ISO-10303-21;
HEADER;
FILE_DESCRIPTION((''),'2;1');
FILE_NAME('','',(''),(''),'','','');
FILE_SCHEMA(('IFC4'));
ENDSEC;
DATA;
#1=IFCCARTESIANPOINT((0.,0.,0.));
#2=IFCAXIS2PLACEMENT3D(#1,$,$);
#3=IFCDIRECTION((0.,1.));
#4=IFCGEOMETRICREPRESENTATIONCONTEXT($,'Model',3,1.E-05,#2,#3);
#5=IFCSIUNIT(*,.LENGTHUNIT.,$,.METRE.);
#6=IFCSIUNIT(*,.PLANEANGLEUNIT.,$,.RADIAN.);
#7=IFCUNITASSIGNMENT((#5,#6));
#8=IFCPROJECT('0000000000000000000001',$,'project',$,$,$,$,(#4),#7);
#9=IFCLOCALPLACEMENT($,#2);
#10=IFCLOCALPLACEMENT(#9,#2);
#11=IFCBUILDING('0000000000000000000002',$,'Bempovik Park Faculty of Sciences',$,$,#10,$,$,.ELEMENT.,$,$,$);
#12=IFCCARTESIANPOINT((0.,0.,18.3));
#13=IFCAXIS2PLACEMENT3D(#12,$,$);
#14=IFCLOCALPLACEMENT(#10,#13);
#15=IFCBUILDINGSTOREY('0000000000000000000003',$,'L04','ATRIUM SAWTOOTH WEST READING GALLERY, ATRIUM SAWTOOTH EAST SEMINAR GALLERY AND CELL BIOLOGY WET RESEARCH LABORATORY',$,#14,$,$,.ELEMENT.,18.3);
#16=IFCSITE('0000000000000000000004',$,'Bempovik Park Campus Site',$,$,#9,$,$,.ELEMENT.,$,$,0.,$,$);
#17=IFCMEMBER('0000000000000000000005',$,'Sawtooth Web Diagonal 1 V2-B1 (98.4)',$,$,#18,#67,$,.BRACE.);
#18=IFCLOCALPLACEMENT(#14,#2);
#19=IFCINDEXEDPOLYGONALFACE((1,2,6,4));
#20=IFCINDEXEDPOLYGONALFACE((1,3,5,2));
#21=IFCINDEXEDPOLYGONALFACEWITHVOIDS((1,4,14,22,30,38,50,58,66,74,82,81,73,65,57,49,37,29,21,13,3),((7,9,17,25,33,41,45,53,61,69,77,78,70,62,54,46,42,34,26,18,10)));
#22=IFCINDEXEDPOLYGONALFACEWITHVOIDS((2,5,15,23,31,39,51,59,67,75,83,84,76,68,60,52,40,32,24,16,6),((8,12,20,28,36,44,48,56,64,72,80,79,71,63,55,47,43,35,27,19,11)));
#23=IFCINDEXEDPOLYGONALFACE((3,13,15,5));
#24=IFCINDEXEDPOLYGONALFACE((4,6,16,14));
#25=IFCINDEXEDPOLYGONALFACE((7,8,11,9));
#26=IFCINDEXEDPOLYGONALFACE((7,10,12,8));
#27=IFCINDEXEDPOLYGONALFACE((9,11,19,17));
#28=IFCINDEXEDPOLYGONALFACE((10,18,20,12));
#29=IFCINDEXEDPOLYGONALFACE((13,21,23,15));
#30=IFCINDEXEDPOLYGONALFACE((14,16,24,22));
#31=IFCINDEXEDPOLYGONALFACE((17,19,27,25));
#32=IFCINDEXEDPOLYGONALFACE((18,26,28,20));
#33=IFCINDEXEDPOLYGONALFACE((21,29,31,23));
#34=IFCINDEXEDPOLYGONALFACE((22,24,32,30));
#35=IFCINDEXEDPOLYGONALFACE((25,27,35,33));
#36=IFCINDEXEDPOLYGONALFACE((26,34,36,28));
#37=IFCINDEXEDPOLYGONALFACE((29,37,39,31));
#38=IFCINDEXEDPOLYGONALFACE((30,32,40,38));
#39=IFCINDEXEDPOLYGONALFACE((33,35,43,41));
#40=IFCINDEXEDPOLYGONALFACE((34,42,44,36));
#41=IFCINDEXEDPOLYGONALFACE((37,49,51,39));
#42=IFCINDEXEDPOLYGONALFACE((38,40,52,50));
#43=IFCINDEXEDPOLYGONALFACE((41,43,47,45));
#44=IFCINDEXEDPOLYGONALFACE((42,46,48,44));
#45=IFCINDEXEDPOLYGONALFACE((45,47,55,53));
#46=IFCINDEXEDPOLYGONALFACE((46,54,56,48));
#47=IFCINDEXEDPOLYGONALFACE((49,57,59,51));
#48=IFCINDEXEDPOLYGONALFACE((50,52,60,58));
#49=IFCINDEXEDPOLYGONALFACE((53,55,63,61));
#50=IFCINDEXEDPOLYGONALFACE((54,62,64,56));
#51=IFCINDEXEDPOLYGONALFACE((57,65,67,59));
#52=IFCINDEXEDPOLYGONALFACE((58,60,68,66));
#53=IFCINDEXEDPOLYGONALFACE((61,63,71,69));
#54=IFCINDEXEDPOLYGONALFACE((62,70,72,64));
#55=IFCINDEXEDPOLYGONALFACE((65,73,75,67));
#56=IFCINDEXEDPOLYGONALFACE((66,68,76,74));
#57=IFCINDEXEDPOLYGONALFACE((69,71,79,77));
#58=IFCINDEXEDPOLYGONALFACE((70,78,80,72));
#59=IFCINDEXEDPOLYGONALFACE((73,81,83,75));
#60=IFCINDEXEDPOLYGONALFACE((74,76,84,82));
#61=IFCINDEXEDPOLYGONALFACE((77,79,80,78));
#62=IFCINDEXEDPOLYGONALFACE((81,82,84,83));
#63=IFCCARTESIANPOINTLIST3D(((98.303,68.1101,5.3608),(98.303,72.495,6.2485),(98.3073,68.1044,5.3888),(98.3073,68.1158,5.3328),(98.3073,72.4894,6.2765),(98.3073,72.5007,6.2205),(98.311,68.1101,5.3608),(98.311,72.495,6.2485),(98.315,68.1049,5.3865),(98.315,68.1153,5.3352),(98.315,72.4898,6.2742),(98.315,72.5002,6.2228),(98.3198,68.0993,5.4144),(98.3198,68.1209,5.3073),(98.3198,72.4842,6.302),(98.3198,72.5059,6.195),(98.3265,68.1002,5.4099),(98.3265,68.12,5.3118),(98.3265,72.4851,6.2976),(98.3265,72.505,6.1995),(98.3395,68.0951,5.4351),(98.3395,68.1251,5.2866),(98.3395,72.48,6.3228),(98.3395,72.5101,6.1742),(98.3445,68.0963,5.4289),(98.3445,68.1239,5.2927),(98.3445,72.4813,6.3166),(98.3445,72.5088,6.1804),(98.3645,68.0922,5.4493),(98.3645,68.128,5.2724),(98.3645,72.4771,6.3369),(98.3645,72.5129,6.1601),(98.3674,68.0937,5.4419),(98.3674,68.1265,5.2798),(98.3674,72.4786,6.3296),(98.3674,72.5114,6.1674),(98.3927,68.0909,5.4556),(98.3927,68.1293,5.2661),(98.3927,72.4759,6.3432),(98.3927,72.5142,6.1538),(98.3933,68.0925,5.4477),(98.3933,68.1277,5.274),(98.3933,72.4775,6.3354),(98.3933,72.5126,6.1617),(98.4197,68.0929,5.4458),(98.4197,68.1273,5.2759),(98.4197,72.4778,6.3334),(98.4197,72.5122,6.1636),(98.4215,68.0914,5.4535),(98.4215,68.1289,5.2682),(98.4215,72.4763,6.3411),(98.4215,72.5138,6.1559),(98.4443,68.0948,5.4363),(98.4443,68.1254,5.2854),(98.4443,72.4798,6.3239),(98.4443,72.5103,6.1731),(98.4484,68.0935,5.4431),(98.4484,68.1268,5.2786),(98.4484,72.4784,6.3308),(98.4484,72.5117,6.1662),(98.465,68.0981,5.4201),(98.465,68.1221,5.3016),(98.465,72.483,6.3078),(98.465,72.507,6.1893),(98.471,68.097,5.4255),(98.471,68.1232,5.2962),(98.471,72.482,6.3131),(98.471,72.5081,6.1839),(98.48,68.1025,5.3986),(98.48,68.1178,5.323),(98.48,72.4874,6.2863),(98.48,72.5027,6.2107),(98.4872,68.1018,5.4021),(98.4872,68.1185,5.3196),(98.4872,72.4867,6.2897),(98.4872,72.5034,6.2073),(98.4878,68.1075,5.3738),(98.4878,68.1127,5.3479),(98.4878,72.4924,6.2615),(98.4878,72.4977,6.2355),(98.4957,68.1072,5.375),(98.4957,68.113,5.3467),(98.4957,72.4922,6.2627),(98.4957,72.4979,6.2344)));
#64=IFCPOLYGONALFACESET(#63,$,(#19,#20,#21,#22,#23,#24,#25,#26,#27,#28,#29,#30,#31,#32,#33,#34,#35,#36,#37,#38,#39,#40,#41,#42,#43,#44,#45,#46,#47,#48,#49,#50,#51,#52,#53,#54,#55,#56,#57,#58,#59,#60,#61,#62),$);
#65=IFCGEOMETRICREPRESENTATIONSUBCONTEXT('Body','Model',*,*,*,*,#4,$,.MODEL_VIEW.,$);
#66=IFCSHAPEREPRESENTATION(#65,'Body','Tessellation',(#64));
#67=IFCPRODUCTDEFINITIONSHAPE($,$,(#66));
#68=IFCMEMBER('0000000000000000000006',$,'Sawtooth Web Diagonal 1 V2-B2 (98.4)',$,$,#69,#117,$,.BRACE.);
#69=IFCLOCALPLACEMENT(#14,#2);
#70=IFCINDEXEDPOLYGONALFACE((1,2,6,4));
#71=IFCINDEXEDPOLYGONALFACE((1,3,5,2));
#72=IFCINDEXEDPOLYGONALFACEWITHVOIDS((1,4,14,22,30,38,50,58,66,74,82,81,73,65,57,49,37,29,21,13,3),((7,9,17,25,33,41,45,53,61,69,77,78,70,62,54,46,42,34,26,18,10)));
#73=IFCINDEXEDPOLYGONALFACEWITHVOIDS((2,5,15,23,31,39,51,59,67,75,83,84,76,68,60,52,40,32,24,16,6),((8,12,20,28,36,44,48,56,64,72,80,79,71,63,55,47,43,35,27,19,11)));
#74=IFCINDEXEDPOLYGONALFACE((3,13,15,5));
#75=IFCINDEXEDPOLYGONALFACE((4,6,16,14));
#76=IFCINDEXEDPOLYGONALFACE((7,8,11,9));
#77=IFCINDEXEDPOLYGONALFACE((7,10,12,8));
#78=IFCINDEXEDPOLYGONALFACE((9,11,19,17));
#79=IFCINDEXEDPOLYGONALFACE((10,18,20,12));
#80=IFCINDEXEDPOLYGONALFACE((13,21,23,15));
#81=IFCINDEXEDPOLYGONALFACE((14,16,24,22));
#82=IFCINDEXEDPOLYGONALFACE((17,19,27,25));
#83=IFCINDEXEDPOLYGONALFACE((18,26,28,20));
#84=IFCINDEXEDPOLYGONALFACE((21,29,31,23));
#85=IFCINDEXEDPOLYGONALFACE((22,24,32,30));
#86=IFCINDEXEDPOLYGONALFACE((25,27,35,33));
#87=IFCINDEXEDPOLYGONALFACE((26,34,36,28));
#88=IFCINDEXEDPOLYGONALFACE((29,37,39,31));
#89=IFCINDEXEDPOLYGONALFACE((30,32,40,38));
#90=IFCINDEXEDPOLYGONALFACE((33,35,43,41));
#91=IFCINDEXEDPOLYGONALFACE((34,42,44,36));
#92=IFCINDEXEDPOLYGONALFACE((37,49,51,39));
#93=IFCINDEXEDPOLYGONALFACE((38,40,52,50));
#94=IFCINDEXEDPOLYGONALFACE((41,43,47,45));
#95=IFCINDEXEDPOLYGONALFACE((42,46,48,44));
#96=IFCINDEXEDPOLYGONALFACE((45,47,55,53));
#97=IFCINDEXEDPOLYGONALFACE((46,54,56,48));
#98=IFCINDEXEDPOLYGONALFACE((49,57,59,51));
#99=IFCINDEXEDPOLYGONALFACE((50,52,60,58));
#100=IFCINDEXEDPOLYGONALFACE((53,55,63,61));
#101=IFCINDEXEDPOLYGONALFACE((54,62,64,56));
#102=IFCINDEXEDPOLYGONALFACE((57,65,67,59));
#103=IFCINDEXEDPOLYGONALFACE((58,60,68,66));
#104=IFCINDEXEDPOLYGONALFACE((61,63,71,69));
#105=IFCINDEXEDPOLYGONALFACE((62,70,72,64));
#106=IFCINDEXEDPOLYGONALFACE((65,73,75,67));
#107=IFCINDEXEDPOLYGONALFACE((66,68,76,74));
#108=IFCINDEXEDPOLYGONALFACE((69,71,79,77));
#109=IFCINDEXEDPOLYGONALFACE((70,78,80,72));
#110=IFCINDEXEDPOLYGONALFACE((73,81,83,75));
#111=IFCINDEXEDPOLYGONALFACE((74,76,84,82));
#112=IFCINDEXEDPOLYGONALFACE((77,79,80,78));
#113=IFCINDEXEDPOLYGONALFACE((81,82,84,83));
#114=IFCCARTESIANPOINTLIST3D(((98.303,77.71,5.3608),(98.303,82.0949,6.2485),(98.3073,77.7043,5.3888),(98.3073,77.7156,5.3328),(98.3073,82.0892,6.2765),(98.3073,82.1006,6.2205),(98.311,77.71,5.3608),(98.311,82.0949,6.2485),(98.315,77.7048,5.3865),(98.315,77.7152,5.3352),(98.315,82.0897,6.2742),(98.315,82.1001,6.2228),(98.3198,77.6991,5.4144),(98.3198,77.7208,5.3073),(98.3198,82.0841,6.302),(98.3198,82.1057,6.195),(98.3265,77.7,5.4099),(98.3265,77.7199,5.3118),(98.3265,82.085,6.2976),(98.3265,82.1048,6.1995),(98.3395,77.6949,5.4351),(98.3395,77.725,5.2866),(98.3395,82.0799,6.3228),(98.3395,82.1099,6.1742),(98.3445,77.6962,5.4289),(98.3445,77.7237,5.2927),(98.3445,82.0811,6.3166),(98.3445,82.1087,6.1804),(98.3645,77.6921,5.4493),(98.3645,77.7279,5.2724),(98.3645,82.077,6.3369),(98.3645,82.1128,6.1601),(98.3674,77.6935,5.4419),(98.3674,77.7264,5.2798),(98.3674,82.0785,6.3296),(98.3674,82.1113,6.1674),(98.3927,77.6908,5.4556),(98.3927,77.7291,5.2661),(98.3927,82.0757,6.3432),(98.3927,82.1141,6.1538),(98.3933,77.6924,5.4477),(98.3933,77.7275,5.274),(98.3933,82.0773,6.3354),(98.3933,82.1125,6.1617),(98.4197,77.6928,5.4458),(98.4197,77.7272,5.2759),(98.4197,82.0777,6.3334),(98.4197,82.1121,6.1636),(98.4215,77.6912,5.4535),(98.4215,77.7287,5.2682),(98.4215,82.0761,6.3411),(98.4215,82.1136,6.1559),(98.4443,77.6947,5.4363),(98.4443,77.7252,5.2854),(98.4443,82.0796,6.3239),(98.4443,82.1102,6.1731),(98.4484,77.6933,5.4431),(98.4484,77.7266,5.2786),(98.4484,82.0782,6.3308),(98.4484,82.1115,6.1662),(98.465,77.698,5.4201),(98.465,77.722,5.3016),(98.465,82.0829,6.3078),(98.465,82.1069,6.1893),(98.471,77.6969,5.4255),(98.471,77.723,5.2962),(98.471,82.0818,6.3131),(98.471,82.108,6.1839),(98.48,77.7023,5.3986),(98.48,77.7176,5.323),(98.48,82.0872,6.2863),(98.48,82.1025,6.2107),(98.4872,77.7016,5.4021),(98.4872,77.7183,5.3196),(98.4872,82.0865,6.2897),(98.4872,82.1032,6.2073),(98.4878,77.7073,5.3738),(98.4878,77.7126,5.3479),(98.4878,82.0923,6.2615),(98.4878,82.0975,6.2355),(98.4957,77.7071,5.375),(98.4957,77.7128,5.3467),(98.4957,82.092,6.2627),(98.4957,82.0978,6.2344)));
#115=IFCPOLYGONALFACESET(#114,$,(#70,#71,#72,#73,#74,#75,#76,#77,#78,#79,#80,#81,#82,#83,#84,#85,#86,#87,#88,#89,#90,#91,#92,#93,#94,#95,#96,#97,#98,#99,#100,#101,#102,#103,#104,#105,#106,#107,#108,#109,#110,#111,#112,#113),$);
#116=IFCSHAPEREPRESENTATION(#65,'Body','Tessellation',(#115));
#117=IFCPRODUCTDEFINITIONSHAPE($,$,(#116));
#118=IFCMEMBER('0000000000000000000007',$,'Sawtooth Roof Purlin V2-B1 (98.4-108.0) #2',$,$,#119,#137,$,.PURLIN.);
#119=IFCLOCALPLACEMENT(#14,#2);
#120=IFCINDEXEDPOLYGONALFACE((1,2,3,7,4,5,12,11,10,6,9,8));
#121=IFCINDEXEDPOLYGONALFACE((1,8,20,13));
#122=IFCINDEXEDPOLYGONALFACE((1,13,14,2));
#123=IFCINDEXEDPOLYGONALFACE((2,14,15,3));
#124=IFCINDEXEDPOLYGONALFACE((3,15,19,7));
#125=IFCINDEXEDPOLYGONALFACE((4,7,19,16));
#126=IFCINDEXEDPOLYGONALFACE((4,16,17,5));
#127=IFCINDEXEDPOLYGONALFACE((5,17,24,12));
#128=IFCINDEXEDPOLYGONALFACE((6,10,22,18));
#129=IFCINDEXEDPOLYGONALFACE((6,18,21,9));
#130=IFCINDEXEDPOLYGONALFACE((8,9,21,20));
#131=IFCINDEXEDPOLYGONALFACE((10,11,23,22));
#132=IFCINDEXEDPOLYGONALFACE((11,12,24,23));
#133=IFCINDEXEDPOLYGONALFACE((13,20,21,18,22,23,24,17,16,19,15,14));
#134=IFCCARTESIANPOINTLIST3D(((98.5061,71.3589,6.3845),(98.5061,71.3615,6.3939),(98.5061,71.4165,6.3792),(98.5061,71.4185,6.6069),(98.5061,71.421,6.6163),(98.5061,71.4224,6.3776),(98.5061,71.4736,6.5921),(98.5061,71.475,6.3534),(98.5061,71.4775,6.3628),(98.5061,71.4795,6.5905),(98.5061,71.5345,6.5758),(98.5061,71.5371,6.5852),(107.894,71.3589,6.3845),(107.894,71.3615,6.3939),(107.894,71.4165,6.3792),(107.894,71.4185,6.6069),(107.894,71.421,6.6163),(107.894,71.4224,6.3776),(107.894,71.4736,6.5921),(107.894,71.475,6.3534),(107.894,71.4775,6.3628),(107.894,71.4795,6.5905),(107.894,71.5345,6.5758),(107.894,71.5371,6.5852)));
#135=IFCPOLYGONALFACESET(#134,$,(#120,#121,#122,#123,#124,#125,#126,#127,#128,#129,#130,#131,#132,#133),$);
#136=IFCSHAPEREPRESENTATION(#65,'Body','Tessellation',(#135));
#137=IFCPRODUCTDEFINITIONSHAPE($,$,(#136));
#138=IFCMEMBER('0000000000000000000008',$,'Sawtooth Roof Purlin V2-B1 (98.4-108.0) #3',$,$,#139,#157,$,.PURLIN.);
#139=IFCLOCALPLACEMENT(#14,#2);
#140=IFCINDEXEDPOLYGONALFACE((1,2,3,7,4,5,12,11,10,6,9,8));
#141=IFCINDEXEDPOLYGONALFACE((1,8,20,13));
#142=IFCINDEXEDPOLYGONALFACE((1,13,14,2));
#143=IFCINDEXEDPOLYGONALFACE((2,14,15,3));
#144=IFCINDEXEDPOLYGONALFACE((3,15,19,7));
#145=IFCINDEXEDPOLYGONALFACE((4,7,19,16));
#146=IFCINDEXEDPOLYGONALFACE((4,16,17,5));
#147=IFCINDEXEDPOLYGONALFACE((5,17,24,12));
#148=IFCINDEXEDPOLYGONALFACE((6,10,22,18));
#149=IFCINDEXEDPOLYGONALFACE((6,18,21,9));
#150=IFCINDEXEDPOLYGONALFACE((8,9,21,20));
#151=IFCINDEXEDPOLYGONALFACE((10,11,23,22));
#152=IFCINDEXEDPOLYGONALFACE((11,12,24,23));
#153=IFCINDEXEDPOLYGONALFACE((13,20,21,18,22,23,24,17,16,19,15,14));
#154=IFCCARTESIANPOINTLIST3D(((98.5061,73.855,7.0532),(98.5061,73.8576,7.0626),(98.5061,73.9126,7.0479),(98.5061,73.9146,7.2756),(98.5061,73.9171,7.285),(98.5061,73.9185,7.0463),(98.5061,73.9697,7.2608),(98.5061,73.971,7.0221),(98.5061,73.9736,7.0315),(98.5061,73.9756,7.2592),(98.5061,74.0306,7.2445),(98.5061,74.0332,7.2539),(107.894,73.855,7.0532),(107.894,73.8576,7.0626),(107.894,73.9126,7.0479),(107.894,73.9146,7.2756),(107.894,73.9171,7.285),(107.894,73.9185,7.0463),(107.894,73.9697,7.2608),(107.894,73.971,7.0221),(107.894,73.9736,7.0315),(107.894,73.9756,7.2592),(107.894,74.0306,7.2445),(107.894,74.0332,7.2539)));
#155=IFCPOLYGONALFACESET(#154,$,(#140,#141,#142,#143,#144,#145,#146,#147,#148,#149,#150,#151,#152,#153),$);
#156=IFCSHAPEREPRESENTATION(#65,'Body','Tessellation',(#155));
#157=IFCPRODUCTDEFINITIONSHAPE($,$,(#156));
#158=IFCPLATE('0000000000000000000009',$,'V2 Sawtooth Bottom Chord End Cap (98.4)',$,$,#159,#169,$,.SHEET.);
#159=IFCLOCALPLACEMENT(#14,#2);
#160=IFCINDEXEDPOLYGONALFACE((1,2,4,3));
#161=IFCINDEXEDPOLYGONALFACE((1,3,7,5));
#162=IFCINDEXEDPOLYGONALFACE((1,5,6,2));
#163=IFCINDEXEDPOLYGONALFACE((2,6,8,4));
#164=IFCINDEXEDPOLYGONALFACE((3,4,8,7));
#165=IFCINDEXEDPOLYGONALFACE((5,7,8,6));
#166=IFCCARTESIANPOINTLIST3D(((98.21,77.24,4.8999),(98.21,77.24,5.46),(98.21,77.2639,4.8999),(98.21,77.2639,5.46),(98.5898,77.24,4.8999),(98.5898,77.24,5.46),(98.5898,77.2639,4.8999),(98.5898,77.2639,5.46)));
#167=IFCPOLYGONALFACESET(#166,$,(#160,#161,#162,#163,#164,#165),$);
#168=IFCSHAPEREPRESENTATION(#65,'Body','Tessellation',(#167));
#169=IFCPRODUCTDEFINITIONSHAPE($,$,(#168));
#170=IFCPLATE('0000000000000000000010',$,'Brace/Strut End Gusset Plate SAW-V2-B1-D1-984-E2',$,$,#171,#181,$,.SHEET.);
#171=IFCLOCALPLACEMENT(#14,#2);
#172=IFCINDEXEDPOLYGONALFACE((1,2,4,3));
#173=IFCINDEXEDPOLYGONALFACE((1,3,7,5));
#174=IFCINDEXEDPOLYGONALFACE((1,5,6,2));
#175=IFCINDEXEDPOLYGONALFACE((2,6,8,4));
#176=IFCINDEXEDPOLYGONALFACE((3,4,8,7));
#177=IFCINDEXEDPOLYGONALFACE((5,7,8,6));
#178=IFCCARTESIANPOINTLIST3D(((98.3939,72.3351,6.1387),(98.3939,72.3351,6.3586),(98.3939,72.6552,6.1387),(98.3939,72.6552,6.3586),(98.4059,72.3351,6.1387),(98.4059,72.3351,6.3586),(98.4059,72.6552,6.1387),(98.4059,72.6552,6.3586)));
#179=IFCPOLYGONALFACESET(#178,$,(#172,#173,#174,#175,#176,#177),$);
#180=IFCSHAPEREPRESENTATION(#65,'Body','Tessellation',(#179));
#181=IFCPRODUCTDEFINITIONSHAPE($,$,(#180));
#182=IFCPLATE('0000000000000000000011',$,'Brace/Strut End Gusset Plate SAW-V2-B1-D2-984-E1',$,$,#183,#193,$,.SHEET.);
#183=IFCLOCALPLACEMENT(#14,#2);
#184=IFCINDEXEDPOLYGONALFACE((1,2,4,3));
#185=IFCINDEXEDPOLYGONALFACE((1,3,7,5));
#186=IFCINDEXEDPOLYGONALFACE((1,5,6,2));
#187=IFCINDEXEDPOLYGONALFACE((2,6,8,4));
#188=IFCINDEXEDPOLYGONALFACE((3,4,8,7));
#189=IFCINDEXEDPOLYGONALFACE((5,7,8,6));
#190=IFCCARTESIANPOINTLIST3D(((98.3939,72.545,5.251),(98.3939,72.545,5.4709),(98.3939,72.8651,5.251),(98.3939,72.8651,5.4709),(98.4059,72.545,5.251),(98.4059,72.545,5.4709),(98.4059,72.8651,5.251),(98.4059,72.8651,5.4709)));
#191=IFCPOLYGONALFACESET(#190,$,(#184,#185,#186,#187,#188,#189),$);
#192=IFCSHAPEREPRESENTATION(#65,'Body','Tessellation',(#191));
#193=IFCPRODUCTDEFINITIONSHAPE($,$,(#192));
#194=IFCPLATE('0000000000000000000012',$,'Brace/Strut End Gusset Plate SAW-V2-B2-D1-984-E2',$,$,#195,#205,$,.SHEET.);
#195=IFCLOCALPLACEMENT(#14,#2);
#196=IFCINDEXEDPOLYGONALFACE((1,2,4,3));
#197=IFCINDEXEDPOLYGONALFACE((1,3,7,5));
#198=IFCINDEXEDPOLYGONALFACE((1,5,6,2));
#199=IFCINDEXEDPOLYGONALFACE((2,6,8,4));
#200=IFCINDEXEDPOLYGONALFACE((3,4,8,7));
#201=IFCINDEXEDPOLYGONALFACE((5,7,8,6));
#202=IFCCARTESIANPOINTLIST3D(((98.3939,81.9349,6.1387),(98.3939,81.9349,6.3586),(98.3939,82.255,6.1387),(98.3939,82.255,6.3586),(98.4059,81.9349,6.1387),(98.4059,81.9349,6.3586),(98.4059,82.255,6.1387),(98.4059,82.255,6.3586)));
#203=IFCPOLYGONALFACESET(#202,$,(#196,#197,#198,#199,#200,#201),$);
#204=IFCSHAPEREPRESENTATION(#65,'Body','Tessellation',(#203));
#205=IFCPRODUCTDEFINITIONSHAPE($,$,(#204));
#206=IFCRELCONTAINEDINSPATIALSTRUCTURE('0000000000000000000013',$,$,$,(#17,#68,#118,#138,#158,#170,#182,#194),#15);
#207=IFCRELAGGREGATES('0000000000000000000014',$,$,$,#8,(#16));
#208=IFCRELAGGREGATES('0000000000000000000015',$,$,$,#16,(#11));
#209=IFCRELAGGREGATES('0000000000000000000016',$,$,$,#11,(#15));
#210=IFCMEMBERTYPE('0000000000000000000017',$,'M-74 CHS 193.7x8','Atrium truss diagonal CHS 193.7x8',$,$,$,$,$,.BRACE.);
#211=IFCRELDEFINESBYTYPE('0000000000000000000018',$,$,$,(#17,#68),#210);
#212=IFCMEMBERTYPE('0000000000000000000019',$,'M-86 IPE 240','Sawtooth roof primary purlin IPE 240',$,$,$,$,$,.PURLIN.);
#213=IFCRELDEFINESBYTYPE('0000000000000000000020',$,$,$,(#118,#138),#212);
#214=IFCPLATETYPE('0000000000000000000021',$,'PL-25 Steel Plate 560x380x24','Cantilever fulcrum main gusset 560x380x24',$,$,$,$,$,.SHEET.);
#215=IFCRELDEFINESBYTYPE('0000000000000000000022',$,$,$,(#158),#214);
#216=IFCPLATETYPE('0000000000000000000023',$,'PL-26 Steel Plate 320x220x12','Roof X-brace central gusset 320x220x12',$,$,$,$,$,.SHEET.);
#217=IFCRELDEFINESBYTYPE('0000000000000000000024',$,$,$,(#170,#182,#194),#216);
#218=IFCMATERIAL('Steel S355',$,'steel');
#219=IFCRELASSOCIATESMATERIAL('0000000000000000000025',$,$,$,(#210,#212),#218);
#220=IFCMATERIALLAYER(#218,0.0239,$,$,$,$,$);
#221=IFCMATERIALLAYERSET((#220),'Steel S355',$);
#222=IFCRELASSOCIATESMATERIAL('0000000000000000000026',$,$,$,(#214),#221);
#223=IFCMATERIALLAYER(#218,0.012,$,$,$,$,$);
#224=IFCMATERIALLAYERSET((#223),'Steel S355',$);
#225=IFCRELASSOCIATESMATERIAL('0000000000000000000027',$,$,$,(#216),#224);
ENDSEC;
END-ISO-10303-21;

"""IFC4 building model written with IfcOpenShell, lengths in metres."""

from ifc_helpers import new_model, si_unit, direction, frame, origin, origin_2d, place, context, subcontext, project, spatial, rectangle, hollow_circle, i_section, extrude, material, layer, layer_set, material_profile, profile_set, type_object, element, save


model = new_model("IFC4")

# Units and contexts
model_context = context("Model", 3, precision=1e-05, world=origin(), true_north=direction((0.0, 1.0)))
body_context = subcontext(model_context, "Body", "Model", "MODEL_VIEW")
ifc_project = project(units=[si_unit("LENGTHUNIT", "METRE"), si_unit("PLANEANGLEUNIT", "RADIAN")], contexts=[model_context])

# Site, building, storey
site_placement = place(None, origin())
site = spatial("IfcSite", under=ifc_project, at=site_placement, Name="Bempovik Park Campus Site", CompositionType="ELEMENT", RefElevation=0.0)
building_placement = place(site_placement, origin())
building = spatial("IfcBuilding", under=site, at=building_placement, Name="Bempovik Park Faculty of Sciences", CompositionType="ELEMENT")
storey_placement = place(building_placement, frame((0.0, 0.0, 18.3)))
storey = spatial("IfcBuildingStorey", under=building, at=storey_placement, Name="L04", Description="ATRIUM SAWTOOTH WEST READING GALLERY, ATRIUM SAWTOOTH EAST SEMINAR GALLERY AND CELL BIOLOGY WET RESEARCH LABORATORY", CompositionType="ELEMENT", Elevation=18.3)

# Members
ifc_material = material(Name="Steel S355", Category="steel")
ifc_material_profile_1 = material_profile(ifc_material, hollow_circle(Radius=0.0969, WallThickness=0.0081, at=origin_2d()), Name="CHS 193.7x8")
ifc_profile_set_1 = profile_set([ifc_material_profile_1], Name="Steel S355")
member_type_1 = type_object("IfcMemberType", Name="M-74 CHS 193.7x8", Description="Atrium truss diagonal CHS 193.7x8", PredefinedType="BRACE", material=ifc_profile_set_1)
for number, where, z_axis, x_axis, name in (
    (1, (98.3999, 68.1101, 5.3608), (0.0, 0.980118, 0.198414), (-1.0, 0.0, 0.0), "Sawtooth Web Diagonal 1 V2-B1 (98.4)"),
    (2, (98.3999, 77.71, 5.3608), (0.0, 0.980118, 0.198414), (-1.0, 0.0, 0.0), "Sawtooth Web Diagonal 1 V2-B2 (98.4)"),
):
    element("IfcMember", number, at=place(storey_placement, frame(where, z_axis=z_axis, x_axis=x_axis)), inside=storey, type_object=member_type_1, Name=name, PredefinedType="BRACE", context=body_context, shape_type="SweptSolid", body=[
        extrude(hollow_circle(Radius=0.0969, WallThickness=0.0081, at=origin_2d()), origin(), (0.0, 0.0, 1.0), 4.4739),
    ])
ifc_material_profile_2 = material_profile(ifc_material, i_section(OverallWidth=0.1201, OverallDepth=0.24, WebThickness=0.0061, FlangeThickness=0.0098, at=origin_2d()), Name="IPE 240")
ifc_profile_set_2 = profile_set([ifc_material_profile_2], Name="Steel S355")
member_type_2 = type_object("IfcMemberType", Name="M-86 IPE 240", Description="Sawtooth roof primary purlin IPE 240", PredefinedType="PURLIN", material=ifc_profile_set_2)
for number, where, z_axis, x_axis, name in (
    (3, (98.5061, 71.448, 6.4849), (1.0, 0.0, 0.0), (0.0, 0.965926, -0.258819), "Sawtooth Roof Purlin V2-B1 (98.4-108.0) #2"),
    (4, (98.5061, 73.9441, 7.1536), (1.0, 0.0, 0.0), (0.0, 0.965926, -0.258819), "Sawtooth Roof Purlin V2-B1 (98.4-108.0) #3"),
):
    element("IfcMember", number, at=place(storey_placement, frame(where, z_axis=z_axis, x_axis=x_axis)), inside=storey, type_object=member_type_2, Name=name, PredefinedType="PURLIN", context=body_context, shape_type="SweptSolid", body=[
        extrude(i_section(OverallWidth=0.1201, OverallDepth=0.24, WebThickness=0.0061, FlangeThickness=0.0098, at=origin_2d()), origin(), (0.0, 0.0, 1.0), 9.3879),
    ])

# Plates
ifc_layer_1 = layer(ifc_material, 0.0239)
ifc_layer_set_1 = layer_set([ifc_layer_1], Name="Steel S355")
plate_type_1 = type_object("IfcPlateType", Name="PL-25 Steel Plate 560x380x24", Description="Cantilever fulcrum main gusset 560x380x24", PredefinedType="SHEET", material=ifc_layer_set_1)
plate_1_placement = place(storey_placement, frame((98.3999, 77.252, 4.8999), z_axis=(0.0, 0.0, 1.0), x_axis=(1.0, 0.0, 0.0)))
element("IfcPlate", 5, at=plate_1_placement, inside=storey, type_object=plate_type_1, Name="V2 Sawtooth Bottom Chord End Cap (98.4)", PredefinedType="SHEET", context=body_context, shape_type="SweptSolid", body=[
    extrude(rectangle(XDim=0.3799, YDim=0.0239, at=origin_2d()), origin(), (0.0, 0.0, 1.0), 0.5601),
])
ifc_layer_2 = layer(ifc_material, 0.012)
ifc_layer_set_2 = layer_set([ifc_layer_2], Name="Steel S355")
plate_type_2 = type_object("IfcPlateType", Name="PL-26 Steel Plate 320x220x12", Description="Roof X-brace central gusset 320x220x12", PredefinedType="SHEET", material=ifc_layer_set_2)
for number, where, z_axis, x_axis, name in (
    (6, (98.3999, 72.4951, 6.1387), (0.0, 0.0, 1.0), (1.0, 0.0, 0.0), "Brace/Strut End Gusset Plate SAW-V2-B1-D1-984-E2"),
    (7, (98.3999, 72.7051, 5.251), (0.0, 0.0, 1.0), (1.0, 0.0, 0.0), "Brace/Strut End Gusset Plate SAW-V2-B1-D2-984-E1"),
    (8, (98.3999, 82.095, 6.1387), (0.0, 0.0, 1.0), (1.0, 0.0, 0.0), "Brace/Strut End Gusset Plate SAW-V2-B2-D1-984-E2"),
):
    element("IfcPlate", number, at=place(storey_placement, frame(where, z_axis=z_axis, x_axis=x_axis)), inside=storey, type_object=plate_type_2, Name=name, PredefinedType="SHEET", context=body_context, shape_type="SweptSolid", body=[
        extrude(rectangle(XDim=0.012, YDim=0.3201, at=origin_2d()), origin(), (0.0, 0.0, 1.0), 0.22),
    ])

save(model, "model.ifc")
